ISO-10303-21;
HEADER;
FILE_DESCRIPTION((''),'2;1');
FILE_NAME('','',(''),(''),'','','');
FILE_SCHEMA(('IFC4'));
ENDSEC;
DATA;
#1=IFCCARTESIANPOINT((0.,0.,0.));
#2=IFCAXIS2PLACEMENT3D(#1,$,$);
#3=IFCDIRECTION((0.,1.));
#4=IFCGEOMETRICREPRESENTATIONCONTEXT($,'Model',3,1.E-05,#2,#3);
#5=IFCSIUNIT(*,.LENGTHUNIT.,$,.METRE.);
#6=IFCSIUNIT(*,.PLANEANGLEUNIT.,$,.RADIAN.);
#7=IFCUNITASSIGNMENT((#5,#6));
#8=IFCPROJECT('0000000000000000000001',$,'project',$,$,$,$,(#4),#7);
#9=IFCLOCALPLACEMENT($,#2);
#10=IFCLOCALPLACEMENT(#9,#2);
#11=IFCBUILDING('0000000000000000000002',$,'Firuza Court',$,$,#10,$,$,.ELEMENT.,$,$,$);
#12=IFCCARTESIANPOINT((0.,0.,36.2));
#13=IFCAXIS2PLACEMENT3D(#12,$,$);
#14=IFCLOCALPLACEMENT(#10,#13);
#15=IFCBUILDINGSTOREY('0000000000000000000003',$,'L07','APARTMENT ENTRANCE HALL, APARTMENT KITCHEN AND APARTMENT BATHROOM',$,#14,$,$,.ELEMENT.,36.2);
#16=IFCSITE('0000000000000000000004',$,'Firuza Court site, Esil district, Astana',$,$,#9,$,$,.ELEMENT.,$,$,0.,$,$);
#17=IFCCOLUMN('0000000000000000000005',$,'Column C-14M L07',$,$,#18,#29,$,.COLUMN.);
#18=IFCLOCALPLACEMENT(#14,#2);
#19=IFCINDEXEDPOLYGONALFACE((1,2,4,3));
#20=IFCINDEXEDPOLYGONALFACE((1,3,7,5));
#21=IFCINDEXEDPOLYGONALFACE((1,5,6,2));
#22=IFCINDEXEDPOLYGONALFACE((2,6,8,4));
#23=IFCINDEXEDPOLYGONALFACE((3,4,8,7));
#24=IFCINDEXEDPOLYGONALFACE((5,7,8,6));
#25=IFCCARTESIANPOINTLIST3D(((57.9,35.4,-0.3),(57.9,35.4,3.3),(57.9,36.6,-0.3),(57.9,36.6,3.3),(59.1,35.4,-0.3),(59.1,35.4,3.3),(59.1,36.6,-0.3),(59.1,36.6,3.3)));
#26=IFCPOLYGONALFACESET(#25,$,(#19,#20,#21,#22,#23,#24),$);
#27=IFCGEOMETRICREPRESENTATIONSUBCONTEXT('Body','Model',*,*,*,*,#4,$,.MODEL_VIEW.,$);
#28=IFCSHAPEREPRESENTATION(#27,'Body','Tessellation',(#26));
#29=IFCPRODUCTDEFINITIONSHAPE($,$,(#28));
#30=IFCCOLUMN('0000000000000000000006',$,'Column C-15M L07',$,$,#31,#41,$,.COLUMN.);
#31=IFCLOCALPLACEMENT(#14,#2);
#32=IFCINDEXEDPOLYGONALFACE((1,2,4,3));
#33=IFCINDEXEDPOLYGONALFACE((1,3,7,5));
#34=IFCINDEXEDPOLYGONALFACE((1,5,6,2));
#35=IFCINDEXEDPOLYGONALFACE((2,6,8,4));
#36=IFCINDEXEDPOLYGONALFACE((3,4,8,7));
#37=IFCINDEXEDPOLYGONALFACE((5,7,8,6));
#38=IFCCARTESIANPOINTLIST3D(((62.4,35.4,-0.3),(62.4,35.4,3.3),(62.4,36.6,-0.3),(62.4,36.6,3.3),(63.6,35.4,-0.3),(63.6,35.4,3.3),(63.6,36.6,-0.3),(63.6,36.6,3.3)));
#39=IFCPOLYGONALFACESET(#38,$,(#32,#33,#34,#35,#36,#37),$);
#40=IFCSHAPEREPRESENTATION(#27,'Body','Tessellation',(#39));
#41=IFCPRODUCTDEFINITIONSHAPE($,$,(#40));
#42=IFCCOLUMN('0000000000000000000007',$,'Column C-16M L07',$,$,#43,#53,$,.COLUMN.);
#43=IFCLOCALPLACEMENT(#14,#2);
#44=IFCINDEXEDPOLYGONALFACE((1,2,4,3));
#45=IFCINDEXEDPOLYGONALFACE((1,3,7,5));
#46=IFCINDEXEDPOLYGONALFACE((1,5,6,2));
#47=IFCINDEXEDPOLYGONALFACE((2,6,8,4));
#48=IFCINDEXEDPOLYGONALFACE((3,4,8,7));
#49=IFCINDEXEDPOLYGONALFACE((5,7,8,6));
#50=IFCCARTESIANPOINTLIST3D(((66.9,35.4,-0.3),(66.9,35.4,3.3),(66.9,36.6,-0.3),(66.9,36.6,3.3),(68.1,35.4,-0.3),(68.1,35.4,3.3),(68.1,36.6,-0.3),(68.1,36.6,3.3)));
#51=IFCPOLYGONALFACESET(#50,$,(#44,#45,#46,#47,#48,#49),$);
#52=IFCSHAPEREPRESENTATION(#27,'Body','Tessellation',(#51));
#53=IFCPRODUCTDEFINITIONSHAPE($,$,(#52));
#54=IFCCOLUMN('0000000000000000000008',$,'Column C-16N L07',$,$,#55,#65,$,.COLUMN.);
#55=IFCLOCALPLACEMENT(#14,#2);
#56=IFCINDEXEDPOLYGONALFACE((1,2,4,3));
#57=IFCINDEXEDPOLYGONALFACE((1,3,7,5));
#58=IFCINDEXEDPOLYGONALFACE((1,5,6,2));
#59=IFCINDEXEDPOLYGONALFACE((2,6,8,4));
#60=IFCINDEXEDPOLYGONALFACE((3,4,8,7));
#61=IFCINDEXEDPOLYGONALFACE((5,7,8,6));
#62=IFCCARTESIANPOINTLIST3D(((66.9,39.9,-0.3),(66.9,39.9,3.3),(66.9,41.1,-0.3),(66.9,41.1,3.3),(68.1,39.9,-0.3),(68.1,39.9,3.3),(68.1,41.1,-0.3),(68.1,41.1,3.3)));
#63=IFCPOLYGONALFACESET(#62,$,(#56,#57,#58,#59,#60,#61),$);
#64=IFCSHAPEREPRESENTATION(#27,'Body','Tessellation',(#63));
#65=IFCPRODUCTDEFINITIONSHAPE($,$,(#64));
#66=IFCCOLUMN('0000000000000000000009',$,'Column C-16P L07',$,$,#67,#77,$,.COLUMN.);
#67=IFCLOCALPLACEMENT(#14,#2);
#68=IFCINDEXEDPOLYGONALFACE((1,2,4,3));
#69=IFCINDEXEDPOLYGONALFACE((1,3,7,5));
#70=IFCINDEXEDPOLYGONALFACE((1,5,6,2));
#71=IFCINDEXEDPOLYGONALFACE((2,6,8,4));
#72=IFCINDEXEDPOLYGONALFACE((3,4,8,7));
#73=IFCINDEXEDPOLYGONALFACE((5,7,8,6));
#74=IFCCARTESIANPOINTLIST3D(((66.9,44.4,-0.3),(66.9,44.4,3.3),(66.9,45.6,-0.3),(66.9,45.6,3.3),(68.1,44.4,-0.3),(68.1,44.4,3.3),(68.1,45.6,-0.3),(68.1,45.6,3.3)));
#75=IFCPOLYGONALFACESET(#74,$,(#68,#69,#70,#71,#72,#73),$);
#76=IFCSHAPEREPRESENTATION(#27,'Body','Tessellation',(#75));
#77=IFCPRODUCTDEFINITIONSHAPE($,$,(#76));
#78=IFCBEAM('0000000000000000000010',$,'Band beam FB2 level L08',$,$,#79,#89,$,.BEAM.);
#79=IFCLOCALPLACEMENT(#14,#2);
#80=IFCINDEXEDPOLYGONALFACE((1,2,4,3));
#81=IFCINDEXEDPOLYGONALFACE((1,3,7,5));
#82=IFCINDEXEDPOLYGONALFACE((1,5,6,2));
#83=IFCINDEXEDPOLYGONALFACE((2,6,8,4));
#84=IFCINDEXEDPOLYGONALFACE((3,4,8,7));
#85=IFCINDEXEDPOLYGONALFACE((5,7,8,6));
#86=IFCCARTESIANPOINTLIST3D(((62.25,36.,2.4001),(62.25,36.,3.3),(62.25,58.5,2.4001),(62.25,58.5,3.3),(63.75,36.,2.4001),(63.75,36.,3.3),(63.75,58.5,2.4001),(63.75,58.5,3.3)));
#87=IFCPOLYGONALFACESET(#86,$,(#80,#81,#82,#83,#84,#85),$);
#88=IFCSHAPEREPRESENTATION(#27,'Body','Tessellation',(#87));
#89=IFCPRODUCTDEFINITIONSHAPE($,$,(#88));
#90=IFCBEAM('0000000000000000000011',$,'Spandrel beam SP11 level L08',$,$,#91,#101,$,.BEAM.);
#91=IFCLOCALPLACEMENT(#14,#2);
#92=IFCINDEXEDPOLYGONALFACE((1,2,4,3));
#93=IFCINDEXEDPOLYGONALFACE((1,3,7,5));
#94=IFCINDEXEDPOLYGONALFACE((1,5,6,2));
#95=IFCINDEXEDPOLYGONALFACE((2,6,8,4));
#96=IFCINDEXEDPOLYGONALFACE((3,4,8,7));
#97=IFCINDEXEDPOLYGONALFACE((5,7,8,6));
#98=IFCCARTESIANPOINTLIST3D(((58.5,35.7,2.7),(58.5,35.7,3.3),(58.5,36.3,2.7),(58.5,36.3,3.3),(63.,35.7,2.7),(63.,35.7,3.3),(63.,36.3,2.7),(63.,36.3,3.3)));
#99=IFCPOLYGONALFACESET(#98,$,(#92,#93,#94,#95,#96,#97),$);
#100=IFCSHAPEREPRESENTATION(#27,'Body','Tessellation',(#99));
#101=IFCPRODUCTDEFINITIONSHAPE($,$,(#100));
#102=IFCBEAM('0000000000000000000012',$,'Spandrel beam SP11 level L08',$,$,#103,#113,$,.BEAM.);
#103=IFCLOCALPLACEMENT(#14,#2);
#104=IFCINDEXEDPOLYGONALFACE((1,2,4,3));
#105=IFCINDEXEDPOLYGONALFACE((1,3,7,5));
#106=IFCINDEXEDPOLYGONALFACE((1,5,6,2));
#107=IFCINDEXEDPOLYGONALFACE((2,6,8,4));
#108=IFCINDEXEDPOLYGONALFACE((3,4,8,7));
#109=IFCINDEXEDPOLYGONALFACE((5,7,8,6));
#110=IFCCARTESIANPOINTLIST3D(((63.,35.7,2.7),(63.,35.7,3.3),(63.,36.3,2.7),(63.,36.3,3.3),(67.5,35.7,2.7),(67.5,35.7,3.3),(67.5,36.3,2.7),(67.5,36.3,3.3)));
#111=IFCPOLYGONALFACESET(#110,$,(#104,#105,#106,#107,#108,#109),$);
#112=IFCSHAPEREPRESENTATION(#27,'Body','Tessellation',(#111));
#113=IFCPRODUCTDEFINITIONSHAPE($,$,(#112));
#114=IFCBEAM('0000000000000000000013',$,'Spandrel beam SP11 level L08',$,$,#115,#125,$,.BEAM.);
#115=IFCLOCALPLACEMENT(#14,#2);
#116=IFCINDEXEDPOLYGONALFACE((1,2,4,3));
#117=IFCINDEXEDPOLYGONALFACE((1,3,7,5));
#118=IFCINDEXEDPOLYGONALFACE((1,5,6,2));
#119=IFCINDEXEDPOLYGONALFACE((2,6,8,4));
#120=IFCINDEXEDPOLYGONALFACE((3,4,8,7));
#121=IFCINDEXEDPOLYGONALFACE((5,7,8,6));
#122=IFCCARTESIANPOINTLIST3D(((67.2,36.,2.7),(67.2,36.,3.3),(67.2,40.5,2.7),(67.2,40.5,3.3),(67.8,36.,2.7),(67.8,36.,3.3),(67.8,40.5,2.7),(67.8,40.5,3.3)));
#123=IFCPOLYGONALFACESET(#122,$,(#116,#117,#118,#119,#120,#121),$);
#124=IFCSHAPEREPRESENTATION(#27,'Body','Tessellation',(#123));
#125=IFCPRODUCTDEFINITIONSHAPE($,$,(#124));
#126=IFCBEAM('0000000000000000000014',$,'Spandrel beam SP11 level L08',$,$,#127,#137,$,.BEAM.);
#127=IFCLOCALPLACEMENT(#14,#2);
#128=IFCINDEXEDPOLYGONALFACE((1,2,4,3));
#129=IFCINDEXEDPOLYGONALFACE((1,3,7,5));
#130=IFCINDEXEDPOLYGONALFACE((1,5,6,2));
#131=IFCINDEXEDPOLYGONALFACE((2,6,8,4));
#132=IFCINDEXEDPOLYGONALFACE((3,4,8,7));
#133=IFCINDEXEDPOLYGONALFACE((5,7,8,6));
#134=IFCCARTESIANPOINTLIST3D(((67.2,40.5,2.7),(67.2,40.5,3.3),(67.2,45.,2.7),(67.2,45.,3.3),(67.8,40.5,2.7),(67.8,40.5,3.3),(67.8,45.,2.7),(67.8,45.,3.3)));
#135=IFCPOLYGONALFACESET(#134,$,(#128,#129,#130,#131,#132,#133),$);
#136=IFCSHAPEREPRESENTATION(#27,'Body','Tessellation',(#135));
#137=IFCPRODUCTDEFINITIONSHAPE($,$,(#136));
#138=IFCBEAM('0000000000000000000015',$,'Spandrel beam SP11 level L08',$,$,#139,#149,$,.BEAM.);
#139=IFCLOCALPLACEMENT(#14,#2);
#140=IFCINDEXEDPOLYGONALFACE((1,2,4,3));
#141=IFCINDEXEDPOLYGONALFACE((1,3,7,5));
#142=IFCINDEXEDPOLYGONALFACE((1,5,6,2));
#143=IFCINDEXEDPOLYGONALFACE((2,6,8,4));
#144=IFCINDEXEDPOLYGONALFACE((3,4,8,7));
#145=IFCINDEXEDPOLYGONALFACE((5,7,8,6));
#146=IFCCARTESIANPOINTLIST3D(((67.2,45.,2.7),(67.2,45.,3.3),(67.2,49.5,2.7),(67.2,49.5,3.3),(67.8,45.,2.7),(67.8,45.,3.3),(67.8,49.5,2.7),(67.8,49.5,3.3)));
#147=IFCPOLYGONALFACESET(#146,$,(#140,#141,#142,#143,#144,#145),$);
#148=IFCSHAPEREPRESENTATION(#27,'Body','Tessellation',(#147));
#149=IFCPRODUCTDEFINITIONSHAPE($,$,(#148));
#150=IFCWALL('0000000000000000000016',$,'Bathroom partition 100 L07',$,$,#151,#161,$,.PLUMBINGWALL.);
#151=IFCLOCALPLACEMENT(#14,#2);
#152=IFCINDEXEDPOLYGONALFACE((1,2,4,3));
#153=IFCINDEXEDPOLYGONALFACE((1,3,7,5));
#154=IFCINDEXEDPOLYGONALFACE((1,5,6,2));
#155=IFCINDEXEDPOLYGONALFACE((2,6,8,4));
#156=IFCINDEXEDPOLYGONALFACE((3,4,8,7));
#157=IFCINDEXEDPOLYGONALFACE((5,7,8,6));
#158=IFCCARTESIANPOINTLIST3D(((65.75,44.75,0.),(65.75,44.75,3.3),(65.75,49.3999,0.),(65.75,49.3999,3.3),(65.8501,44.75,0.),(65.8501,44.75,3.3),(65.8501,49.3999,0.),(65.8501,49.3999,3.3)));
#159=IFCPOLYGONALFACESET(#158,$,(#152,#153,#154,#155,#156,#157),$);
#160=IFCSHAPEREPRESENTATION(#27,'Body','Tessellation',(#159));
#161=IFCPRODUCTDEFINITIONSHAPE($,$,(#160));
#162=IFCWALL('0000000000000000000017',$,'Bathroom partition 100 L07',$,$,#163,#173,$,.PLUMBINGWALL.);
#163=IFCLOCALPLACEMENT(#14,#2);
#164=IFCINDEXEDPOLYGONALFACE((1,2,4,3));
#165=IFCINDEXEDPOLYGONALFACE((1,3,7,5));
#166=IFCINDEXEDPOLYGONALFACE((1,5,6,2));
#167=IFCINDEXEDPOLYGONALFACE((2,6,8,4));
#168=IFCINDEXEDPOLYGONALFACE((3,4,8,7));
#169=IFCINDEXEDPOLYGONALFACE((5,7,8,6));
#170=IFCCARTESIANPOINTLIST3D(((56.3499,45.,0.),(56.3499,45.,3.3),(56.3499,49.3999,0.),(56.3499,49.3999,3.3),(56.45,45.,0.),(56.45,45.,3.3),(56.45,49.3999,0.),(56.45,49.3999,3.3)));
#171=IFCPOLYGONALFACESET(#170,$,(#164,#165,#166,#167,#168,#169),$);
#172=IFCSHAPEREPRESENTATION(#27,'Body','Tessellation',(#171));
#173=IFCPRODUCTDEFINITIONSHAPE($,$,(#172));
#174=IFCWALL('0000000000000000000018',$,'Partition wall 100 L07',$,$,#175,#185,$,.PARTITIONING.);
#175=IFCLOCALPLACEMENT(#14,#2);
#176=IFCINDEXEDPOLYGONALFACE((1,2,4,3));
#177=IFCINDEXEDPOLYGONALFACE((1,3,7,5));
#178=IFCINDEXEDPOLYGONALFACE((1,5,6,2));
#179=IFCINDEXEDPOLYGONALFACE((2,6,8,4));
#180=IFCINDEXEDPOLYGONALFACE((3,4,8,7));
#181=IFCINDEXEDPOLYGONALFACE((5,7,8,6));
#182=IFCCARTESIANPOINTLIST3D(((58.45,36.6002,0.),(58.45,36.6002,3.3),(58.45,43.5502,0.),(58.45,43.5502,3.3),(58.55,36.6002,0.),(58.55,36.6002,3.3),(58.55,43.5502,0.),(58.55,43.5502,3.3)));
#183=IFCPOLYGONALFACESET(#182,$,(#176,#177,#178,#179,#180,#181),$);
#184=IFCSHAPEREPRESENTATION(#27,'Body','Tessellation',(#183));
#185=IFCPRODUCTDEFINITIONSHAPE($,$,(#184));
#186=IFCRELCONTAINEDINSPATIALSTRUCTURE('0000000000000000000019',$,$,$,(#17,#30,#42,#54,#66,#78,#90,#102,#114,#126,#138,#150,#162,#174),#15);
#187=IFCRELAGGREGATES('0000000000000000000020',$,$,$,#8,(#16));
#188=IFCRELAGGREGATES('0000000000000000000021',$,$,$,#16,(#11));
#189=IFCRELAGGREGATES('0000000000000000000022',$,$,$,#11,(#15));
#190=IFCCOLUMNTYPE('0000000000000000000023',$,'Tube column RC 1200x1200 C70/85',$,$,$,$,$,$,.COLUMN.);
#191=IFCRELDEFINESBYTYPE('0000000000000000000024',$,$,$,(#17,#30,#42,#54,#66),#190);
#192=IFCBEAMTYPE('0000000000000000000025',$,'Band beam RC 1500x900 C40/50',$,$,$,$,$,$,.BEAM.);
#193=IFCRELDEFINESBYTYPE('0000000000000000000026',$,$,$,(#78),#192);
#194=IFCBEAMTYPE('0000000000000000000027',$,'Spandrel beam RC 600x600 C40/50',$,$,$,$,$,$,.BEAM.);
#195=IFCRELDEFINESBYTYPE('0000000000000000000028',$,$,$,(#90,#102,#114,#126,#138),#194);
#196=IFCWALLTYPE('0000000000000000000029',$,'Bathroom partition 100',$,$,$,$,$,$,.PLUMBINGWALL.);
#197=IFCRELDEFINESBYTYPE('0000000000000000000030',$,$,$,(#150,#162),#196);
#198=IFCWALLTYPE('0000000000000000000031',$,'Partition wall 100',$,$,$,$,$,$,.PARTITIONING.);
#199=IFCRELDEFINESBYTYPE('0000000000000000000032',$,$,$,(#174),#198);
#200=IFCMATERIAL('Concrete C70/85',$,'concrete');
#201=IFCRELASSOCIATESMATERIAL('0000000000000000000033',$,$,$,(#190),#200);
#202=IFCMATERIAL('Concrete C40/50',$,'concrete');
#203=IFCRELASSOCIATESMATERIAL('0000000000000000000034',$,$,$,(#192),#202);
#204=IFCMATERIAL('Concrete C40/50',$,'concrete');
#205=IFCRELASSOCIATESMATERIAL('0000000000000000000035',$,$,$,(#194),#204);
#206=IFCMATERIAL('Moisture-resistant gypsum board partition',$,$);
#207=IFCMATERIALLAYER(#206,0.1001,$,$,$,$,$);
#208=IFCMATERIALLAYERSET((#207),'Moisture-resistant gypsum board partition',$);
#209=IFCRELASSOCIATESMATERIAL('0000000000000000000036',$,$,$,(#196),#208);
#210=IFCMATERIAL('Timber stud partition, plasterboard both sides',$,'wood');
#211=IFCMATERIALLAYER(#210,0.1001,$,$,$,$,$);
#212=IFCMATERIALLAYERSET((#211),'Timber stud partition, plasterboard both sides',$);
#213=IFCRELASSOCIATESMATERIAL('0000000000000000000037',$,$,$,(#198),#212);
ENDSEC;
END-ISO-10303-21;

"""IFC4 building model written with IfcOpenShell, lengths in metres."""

from ifc_helpers import new_model, si_unit, direction, frame, frame_2d, origin, origin_2d, place, context, subcontext, project, spatial, rectangle, extrude, material, layer, layer_set, material_profile, profile_set, type_object, element, save


model = new_model("IFC4")

# Units and contexts
model_context = context("Model", 3, precision=1e-05, world=origin(), true_north=direction((0.0, 1.0)))
body_context = subcontext(model_context, "Body", "Model", "MODEL_VIEW")
ifc_project = project(units=[si_unit("LENGTHUNIT", "METRE"), si_unit("PLANEANGLEUNIT", "RADIAN")], contexts=[model_context])

# Site, building, storey
site_placement = place(None, origin())
site = spatial("IfcSite", under=ifc_project, at=site_placement, Name="Firuza Court site, Esil district, Astana", CompositionType="ELEMENT", RefElevation=0.0)
building_placement = place(site_placement, origin())
building = spatial("IfcBuilding", under=site, at=building_placement, Name="Firuza Court", CompositionType="ELEMENT")
storey_placement = place(building_placement, frame((0.0, 0.0, 36.2)))
storey = spatial("IfcBuildingStorey", under=building, at=storey_placement, Name="L07", Description="APARTMENT ENTRANCE HALL, APARTMENT KITCHEN AND APARTMENT BATHROOM", CompositionType="ELEMENT", Elevation=36.2)

# Columns
ifc_material_1 = material(Name="Concrete C70/85", Category="concrete")
ifc_material_profile_1 = material_profile(ifc_material_1, rectangle(XDim=1.2, YDim=1.2, at=origin_2d()), Name="RC 1200x1200")
ifc_profile_set_1 = profile_set([ifc_material_profile_1], Name="Concrete C70/85")
column_type = type_object("IfcColumnType", Name="Tube column RC 1200x1200 C70/85", PredefinedType="COLUMN", material=ifc_profile_set_1)
for number, where, z_axis, x_axis, name in (
    (1, (58.5, 36.0, -0.3), (0.0, 0.0, 1.0), (1.0, 0.0, 0.0), "Column C-14M L07"),
    (2, (63.0, 36.0, -0.3), (0.0, 0.0, 1.0), (1.0, 0.0, 0.0), "Column C-15M L07"),
    (3, (67.5, 36.0, -0.3), (0.0, 0.0, 1.0), (1.0, 0.0, 0.0), "Column C-16M L07"),
    (4, (67.5, 40.5, -0.3), (0.0, 0.0, 1.0), (1.0, 0.0, 0.0), "Column C-16N L07"),
    (5, (67.5, 45.0, -0.3), (0.0, 0.0, 1.0), (1.0, 0.0, 0.0), "Column C-16P L07"),
):
    element("IfcColumn", number, at=place(storey_placement, frame(where, z_axis=z_axis, x_axis=x_axis)), inside=storey, type_object=column_type, Name=name, PredefinedType="COLUMN", context=body_context, shape_type="SweptSolid", body=[
        extrude(rectangle(XDim=1.2, YDim=1.2, at=origin_2d()), origin(), (0.0, 0.0, 1.0), 3.6001),
    ])

# Beams
ifc_material_2 = material(Name="Concrete C40/50", Category="concrete")
ifc_material_profile_2 = material_profile(ifc_material_2, rectangle(XDim=1.5, YDim=0.8999, at=origin_2d()), Name="RC 1500x900")
ifc_profile_set_2 = profile_set([ifc_material_profile_2], Name="Concrete C40/50")
beam_type_1 = type_object("IfcBeamType", Name="Band beam RC 1500x900 C40/50", PredefinedType="BEAM", material=ifc_profile_set_2)
beam_placement = place(storey_placement, frame((63.0, 36.0, 2.8501), z_axis=(0.0, 1.0, 0.0), x_axis=(-1.0, 0.0, 0.0)))
element("IfcBeam", 6, at=beam_placement, inside=storey, type_object=beam_type_1, Name="Band beam FB2 level L08", PredefinedType="BEAM", context=body_context, shape_type="SweptSolid", body=[
    extrude(rectangle(XDim=1.5, YDim=0.8999, at=origin_2d()), origin(), (0.0, 0.0, 1.0), 22.5),
])
ifc_material_3 = material(Name="Concrete C40/50", Category="concrete")
ifc_material_profile_3 = material_profile(ifc_material_3, rectangle(XDim=0.6001, YDim=0.6001, at=origin_2d()), Name="RC 600x600")
ifc_profile_set_3 = profile_set([ifc_material_profile_3], Name="Concrete C40/50")
beam_type_2 = type_object("IfcBeamType", Name="Spandrel beam RC 600x600 C40/50", PredefinedType="BEAM", material=ifc_profile_set_3)
for number, where, z_axis, x_axis, name in (
    (7, (58.5, 36.0, 3.0), (1.0, 0.0, 0.0), (0.0, 1.0, 0.0), "Spandrel beam SP11 level L08"),
    (8, (63.0, 36.0, 3.0), (1.0, 0.0, 0.0), (0.0, 1.0, 0.0), "Spandrel beam SP11 level L08"),
    (9, (67.5, 36.0, 3.0), (0.0, 1.0, 0.0), (-1.0, 0.0, 0.0), "Spandrel beam SP11 level L08"),
    (10, (67.5, 40.5, 3.0), (0.0, 1.0, 0.0), (-1.0, 0.0, 0.0), "Spandrel beam SP11 level L08"),
    (11, (67.5, 45.0, 3.0), (0.0, 1.0, 0.0), (-1.0, 0.0, 0.0), "Spandrel beam SP11 level L08"),
):
    element("IfcBeam", number, at=place(storey_placement, frame(where, z_axis=z_axis, x_axis=x_axis)), inside=storey, type_object=beam_type_2, Name=name, PredefinedType="BEAM", context=body_context, shape_type="SweptSolid", body=[
        extrude(rectangle(XDim=0.6001, YDim=0.6001, at=origin_2d()), origin(), (0.0, 0.0, 1.0), 4.5),
    ])

# Walls
ifc_material_4 = material(Name="Moisture-resistant gypsum board partition")
ifc_layer_1 = layer(ifc_material_4, 0.1001)
ifc_layer_set_1 = layer_set([ifc_layer_1], Name="Moisture-resistant gypsum board partition")
wall_type_1 = type_object("IfcWallType", Name="Bathroom partition 100", PredefinedType="PLUMBINGWALL", material=ifc_layer_set_1)
wall_1_placement = place(storey_placement, frame((65.8, 44.75, 0.0), z_axis=(0.0, 0.0, 1.0), x_axis=(0.0, 1.0, 0.0)))
element("IfcWall", 12, at=wall_1_placement, inside=storey, type_object=wall_type_1, Name="Bathroom partition 100 L07", PredefinedType="PLUMBINGWALL", context=body_context, shape_type="SweptSolid", body=[
    extrude(rectangle(XDim=4.6499, YDim=0.1001, at=frame_2d((2.325, 0.0))), origin(), (0.0, 0.0, 1.0), 3.3),
])
wall_2_placement = place(storey_placement, frame((56.3999, 45.0, 0.0), z_axis=(0.0, 0.0, 1.0), x_axis=(0.0, 1.0, 0.0)))
element("IfcWall", 13, at=wall_2_placement, inside=storey, type_object=wall_type_1, Name="Bathroom partition 100 L07", PredefinedType="PLUMBINGWALL", context=body_context, shape_type="SweptSolid", body=[
    extrude(rectangle(XDim=4.3999, YDim=0.1001, at=frame_2d((2.2, 0.0))), origin(), (0.0, 0.0, 1.0), 3.3),
])
ifc_material_5 = material(Name="Timber stud partition, plasterboard both sides", Category="wood")
ifc_layer_2 = layer(ifc_material_5, 0.1001)
ifc_layer_set_2 = layer_set([ifc_layer_2], Name="Timber stud partition, plasterboard both sides")
wall_type_2 = type_object("IfcWallType", Name="Partition wall 100", PredefinedType="PARTITIONING", material=ifc_layer_set_2)
wall_3_placement = place(storey_placement, frame((58.5, 36.6001, 0.0), z_axis=(0.0, 0.0, 1.0), x_axis=(0.0, 1.0, 0.0)))
element("IfcWall", 14, at=wall_3_placement, inside=storey, type_object=wall_type_2, Name="Partition wall 100 L07", PredefinedType="PARTITIONING", context=body_context, shape_type="SweptSolid", body=[
    extrude(rectangle(XDim=6.95, YDim=0.1001, at=frame_2d((3.4751, 0.0))), origin(), (0.0, 0.0, 1.0), 3.3),
])

save(model, "model.ifc")
